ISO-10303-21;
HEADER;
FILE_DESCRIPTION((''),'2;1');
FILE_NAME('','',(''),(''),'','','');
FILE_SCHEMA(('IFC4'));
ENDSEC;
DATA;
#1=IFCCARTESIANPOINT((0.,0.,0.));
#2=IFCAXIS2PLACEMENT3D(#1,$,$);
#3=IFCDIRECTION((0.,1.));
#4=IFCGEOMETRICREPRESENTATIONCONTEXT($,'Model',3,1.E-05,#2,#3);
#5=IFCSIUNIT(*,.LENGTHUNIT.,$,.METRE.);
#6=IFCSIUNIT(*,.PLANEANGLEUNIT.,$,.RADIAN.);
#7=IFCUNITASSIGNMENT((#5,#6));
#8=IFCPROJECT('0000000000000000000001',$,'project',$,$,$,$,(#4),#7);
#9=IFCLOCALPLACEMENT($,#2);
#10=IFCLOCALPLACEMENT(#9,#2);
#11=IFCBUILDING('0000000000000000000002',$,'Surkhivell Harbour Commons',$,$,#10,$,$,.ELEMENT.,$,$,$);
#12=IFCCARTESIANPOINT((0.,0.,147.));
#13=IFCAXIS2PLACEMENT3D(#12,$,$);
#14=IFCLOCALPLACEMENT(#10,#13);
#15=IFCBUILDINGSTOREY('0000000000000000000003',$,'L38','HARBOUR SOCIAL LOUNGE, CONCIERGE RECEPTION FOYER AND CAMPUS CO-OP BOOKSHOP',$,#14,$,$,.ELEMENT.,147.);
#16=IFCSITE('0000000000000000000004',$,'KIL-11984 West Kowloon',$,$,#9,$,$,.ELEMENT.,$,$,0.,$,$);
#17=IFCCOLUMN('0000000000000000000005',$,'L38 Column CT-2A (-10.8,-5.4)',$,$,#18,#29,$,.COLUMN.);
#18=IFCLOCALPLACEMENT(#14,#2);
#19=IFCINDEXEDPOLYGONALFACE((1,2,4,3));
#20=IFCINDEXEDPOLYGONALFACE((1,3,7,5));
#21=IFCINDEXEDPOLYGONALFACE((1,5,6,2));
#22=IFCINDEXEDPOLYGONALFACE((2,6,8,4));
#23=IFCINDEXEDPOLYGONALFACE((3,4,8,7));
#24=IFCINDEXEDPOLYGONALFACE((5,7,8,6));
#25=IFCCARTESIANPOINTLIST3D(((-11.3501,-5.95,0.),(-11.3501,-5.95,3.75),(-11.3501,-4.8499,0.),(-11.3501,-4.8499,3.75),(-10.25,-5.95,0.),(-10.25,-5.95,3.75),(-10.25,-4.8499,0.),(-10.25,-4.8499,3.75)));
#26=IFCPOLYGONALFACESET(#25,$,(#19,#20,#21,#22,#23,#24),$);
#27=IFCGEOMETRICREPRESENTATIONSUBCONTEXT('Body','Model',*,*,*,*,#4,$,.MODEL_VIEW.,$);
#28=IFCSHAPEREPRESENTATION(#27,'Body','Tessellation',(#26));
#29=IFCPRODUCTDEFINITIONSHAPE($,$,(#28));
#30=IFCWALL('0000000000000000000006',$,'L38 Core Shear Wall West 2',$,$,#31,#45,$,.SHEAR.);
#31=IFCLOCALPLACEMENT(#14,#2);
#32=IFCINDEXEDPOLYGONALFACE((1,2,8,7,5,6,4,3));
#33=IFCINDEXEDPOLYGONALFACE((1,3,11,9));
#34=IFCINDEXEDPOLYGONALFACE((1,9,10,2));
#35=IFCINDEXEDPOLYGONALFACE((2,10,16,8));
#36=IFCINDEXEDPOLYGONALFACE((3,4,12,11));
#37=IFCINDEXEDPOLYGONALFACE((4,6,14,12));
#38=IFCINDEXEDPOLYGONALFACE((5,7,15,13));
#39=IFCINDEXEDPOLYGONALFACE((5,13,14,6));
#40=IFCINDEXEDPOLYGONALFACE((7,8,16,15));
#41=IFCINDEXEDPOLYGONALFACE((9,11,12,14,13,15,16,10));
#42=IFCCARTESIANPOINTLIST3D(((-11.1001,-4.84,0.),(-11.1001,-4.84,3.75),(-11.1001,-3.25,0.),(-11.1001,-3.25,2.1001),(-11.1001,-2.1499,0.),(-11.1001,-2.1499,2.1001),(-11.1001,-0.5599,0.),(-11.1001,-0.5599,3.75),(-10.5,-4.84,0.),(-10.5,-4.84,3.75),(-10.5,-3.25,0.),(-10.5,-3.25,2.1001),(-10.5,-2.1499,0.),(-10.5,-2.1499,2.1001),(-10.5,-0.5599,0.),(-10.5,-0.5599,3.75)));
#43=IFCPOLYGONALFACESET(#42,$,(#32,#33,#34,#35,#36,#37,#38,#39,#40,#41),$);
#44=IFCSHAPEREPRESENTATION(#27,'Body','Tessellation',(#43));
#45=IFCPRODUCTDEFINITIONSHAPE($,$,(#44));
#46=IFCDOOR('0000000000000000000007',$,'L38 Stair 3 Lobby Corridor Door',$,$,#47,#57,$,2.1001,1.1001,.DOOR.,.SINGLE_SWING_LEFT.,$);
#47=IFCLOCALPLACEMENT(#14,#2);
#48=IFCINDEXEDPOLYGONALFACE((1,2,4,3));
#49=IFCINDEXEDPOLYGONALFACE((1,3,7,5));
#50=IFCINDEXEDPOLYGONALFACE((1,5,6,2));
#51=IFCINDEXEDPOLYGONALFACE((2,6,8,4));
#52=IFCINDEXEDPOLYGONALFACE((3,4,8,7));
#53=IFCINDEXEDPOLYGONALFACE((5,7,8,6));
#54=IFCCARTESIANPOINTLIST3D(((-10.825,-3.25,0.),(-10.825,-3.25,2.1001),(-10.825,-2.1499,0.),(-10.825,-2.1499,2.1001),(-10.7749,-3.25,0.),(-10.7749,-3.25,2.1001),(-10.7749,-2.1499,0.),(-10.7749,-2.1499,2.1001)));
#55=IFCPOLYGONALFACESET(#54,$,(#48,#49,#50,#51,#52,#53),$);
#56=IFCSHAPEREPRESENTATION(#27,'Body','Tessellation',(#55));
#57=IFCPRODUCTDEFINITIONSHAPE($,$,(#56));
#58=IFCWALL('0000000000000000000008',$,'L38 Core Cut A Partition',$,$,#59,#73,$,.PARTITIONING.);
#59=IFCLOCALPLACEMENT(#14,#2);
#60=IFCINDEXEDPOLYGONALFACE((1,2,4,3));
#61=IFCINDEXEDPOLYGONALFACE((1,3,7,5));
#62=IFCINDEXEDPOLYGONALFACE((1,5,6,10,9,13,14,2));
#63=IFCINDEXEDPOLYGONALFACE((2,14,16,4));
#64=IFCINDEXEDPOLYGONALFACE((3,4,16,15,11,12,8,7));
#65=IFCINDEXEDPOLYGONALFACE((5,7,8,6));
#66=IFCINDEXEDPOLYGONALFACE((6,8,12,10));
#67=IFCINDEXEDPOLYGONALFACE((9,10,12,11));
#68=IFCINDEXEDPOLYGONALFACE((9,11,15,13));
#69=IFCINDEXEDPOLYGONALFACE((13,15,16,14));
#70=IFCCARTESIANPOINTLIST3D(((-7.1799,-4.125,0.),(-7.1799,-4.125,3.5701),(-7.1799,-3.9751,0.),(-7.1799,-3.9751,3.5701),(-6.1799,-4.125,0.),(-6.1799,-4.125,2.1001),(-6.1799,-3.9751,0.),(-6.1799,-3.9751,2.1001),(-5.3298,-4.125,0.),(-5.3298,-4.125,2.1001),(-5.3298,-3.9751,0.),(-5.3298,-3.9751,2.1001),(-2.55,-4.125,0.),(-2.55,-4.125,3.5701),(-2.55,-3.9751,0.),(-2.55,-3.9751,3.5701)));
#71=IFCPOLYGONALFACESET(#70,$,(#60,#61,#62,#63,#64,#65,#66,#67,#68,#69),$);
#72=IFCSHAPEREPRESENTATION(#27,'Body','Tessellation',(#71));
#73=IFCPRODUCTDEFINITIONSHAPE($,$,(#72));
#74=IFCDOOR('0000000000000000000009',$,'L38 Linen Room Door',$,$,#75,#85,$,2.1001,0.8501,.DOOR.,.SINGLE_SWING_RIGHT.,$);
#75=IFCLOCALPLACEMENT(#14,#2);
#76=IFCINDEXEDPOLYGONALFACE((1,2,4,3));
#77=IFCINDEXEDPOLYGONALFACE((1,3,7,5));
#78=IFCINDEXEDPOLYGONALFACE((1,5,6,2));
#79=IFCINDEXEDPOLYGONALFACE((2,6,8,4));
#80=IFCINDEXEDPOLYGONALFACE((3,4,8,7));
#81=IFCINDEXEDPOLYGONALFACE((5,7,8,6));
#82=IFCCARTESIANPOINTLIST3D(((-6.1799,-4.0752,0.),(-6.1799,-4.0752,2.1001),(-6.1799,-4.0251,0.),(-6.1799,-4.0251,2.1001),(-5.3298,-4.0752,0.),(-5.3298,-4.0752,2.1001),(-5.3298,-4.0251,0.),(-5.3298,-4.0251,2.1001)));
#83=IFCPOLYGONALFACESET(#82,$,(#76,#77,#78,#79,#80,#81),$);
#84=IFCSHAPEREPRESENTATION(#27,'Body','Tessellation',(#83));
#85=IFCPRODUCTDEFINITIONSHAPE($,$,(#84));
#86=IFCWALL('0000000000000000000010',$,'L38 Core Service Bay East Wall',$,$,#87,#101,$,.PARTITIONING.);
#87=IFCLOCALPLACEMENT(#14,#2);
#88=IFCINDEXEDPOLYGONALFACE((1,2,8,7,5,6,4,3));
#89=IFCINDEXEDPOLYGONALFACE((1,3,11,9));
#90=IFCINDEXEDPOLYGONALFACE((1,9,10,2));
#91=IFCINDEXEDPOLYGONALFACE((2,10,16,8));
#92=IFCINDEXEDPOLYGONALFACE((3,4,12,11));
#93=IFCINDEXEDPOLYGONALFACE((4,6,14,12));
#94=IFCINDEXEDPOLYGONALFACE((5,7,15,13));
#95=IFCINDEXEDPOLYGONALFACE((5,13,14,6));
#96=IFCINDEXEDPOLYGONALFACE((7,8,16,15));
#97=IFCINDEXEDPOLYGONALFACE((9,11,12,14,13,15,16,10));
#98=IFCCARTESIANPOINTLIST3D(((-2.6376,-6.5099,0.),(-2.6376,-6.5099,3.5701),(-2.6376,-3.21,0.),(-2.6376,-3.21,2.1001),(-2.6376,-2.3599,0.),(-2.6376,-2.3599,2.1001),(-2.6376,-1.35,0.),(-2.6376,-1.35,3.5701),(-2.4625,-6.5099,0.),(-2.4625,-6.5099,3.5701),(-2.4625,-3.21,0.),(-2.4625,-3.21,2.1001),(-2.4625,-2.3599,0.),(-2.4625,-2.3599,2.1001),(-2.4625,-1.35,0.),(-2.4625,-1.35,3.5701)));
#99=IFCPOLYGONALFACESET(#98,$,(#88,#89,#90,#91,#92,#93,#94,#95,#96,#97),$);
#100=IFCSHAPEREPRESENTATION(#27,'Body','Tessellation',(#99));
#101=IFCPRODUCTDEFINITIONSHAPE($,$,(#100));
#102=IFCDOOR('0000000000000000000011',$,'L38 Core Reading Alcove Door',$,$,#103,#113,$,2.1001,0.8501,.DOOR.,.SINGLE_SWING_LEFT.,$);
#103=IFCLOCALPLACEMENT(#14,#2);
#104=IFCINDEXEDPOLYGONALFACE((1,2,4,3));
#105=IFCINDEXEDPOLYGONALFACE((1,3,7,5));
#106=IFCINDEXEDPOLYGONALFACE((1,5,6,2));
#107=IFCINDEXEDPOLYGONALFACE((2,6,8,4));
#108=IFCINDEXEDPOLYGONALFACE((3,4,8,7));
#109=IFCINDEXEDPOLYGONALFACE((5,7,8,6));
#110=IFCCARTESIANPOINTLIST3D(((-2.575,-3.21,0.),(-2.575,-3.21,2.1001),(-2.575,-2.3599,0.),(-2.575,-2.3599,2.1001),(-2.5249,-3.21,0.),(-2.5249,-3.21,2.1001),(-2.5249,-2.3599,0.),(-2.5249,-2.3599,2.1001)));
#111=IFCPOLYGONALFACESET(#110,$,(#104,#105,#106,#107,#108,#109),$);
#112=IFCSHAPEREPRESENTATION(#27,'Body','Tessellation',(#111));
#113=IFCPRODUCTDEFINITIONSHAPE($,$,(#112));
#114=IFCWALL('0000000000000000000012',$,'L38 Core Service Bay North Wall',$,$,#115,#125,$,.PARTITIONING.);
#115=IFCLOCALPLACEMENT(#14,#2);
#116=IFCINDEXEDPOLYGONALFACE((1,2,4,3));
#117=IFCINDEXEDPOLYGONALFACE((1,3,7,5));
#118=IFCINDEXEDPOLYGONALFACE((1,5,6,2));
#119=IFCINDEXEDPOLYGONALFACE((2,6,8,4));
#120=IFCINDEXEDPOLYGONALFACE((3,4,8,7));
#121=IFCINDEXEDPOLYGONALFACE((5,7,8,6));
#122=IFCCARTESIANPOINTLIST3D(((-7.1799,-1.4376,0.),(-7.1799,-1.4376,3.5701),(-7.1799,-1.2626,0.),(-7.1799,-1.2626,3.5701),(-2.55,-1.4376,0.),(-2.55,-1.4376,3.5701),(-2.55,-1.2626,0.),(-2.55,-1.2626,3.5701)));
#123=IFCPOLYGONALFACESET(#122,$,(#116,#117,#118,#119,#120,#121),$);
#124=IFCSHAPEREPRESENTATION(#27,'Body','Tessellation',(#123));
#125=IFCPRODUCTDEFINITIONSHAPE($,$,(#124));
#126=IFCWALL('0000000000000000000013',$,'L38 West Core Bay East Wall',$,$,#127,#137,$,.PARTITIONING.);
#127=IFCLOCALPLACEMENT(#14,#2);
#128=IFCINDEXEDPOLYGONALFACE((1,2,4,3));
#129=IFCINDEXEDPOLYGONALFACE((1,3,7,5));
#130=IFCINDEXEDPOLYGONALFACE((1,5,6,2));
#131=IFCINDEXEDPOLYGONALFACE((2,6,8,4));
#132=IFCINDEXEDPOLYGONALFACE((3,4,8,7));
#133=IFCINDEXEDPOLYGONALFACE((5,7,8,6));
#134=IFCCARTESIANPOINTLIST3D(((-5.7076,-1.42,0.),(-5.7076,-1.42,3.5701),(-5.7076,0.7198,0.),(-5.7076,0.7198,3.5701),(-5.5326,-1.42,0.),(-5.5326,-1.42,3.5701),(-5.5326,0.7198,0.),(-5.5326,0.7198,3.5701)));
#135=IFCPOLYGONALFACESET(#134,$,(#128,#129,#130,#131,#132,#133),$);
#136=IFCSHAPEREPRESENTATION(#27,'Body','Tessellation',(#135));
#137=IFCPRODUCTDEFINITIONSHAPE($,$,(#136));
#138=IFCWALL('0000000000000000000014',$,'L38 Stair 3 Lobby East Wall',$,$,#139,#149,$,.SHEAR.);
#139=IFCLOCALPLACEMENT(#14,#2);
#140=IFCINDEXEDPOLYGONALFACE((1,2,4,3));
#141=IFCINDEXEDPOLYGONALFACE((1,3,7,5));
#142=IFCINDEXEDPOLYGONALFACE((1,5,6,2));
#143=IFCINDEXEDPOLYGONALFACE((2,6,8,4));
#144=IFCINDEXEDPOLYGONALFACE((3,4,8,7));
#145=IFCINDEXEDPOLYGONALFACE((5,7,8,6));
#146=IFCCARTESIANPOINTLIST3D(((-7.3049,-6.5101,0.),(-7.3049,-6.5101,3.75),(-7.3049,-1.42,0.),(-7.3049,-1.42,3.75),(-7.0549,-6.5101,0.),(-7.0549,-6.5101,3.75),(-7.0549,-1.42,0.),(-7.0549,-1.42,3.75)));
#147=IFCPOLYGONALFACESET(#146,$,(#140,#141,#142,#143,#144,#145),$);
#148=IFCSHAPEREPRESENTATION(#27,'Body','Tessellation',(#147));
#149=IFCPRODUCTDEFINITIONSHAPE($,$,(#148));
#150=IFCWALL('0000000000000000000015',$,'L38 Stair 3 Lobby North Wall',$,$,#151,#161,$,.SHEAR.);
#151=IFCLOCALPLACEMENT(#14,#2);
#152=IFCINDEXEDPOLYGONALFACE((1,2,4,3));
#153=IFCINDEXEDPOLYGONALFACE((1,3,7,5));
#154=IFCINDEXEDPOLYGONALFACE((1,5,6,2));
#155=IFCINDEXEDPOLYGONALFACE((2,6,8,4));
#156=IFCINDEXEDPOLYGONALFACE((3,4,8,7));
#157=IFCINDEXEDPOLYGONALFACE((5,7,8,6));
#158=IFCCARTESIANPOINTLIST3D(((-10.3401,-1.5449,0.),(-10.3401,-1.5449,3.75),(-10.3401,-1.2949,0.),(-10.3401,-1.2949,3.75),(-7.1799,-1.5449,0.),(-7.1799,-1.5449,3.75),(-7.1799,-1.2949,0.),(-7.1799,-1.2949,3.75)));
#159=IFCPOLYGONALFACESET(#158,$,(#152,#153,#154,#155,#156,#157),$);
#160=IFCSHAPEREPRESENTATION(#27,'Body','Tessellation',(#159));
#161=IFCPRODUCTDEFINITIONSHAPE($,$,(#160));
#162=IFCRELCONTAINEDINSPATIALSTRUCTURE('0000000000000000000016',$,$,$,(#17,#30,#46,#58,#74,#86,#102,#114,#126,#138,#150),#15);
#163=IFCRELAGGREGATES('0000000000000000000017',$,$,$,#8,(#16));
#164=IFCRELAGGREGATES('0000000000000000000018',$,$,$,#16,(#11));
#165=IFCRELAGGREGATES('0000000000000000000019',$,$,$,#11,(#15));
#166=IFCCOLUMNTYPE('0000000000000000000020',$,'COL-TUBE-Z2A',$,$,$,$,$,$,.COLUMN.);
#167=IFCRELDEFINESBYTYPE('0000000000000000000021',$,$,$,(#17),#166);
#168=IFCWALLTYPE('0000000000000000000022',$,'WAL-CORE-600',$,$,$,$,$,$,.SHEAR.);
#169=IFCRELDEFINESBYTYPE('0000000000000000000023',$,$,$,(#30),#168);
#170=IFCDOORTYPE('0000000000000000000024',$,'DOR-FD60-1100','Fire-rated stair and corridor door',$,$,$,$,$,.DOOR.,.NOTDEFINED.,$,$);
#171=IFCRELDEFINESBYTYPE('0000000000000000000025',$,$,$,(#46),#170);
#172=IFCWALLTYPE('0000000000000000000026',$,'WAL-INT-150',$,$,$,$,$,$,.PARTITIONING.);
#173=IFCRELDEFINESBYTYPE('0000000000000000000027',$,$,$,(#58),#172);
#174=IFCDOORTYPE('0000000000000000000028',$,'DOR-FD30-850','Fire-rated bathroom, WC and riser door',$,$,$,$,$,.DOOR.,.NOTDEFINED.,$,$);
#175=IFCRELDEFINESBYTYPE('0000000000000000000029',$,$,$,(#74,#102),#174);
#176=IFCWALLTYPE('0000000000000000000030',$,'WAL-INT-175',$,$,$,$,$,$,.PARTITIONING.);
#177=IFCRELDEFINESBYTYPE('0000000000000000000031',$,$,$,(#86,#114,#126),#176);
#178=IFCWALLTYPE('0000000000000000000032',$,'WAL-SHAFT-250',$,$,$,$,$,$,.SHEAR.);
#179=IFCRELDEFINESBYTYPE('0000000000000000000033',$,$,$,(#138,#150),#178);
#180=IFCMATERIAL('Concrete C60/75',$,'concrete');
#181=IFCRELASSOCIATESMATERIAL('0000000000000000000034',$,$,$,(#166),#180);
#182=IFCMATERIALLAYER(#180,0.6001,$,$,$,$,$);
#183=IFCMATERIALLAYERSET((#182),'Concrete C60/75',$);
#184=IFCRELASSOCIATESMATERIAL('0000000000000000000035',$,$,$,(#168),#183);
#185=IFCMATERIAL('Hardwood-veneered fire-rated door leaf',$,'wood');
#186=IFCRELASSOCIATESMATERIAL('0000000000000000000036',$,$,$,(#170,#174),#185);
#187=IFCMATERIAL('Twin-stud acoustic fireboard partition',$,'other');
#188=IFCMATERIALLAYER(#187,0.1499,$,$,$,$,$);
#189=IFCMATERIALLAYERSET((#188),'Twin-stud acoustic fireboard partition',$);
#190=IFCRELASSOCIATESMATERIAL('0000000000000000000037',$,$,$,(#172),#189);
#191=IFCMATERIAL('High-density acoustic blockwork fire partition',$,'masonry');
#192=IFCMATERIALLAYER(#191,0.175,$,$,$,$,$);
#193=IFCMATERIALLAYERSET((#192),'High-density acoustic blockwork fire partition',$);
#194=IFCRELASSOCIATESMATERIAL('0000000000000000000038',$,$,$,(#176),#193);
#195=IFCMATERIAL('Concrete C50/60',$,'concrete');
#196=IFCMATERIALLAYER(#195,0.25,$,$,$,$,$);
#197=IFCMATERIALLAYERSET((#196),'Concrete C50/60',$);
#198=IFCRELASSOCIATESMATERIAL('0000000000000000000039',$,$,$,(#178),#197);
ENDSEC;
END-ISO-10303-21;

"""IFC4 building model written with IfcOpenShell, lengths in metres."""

from ifc_helpers import new_model, si_unit, direction, frame, frame_2d, origin, origin_2d, place, context, subcontext, project, spatial, rectangle, extrude, material, layer, layer_set, material_profile, profile_set, type_object, element, fill, save


model = new_model("IFC4")

# Units and contexts
model_context = context("Model", 3, precision=1e-05, world=origin(), true_north=direction((0.0, 1.0)))
body_context = subcontext(model_context, "Body", "Model", "MODEL_VIEW")
ifc_project = project(units=[si_unit("LENGTHUNIT", "METRE"), si_unit("PLANEANGLEUNIT", "RADIAN")], contexts=[model_context])

# Site, building, storey
site_placement = place(None, origin())
site = spatial("IfcSite", under=ifc_project, at=site_placement, Name="KIL-11984 West Kowloon", CompositionType="ELEMENT", RefElevation=0.0)
building_placement = place(site_placement, origin())
building = spatial("IfcBuilding", under=site, at=building_placement, Name="Surkhivell Harbour Commons", CompositionType="ELEMENT")
storey_placement = place(building_placement, frame((0.0, 0.0, 147.0)))
storey = spatial("IfcBuildingStorey", under=building, at=storey_placement, Name="L38", Description="HARBOUR SOCIAL LOUNGE, CONCIERGE RECEPTION FOYER AND CAMPUS CO-OP BOOKSHOP", CompositionType="ELEMENT", Elevation=147.0)

# Column
ifc_material_1 = material(Name="Concrete C60/75", Category="concrete")
ifc_material_profile = material_profile(ifc_material_1, rectangle(XDim=1.1001, YDim=1.1001, at=origin_2d()), Name="RC-COL-1100x1100")
ifc_profile_set = profile_set([ifc_material_profile], Name="Concrete C60/75")
column_type = type_object("IfcColumnType", Name="COL-TUBE-Z2A", PredefinedType="COLUMN", material=ifc_profile_set)
column_placement = place(storey_placement, frame((-10.8, -5.3999, 0.0), z_axis=(0.0, 0.0, 1.0), x_axis=(1.0, 0.0, 0.0)))
element("IfcColumn", 1, at=column_placement, inside=storey, type_object=column_type, Name="L38 Column CT-2A (-10.8,-5.4)", PredefinedType="COLUMN", context=body_context, shape_type="SweptSolid", body=[
    extrude(rectangle(XDim=1.1001, YDim=1.1001, at=origin_2d()), origin(), (0.0, 0.0, 1.0), 3.75),
])

# Walls, openings, doors
ifc_layer_1 = layer(ifc_material_1, 0.6001)
ifc_layer_set_1 = layer_set([ifc_layer_1], Name="Concrete C60/75")
wall_type_1 = type_object("IfcWallType", Name="WAL-CORE-600", PredefinedType="SHEAR", material=ifc_layer_set_1)
wall_1_placement = place(storey_placement, frame((-10.8, -4.8401, 0.0), z_axis=(0.0, 0.0, 1.0), x_axis=(0.0, 1.0, 0.0)))
wall_1 = element("IfcWall", 2, at=wall_1_placement, inside=storey, type_object=wall_type_1, Name="L38 Core Shear Wall West 2", PredefinedType="SHEAR", context=body_context, shape_type="SweptSolid", body=[
    extrude(rectangle(XDim=4.28, YDim=0.6001, at=frame_2d((2.1401, 0.0))), origin(), (0.0, 0.0, 1.0), 3.75),
])
opening_1_placement = place(wall_1_placement, frame((1.5901, 0.0, 0.0)))
opening_1 = element("IfcOpeningElement", 3, at=opening_1_placement, cuts=wall_1, PredefinedType="OPENING", context=body_context, shape_type="SweptSolid", body=[
    extrude(rectangle(XDim=1.1001, YDim=2.1001, at=frame_2d((0.55, 1.05))), frame((0.0, 0.3101, 0.0), z_axis=(0.0, -1.0, 0.0), x_axis=(1.0, 0.0, 0.0)), (0.0, 0.0, 1.0), 0.6201),
])
ifc_material_2 = material(Name="Hardwood-veneered fire-rated door leaf", Category="wood")
door_type_1 = type_object("IfcDoorType", Name="DOR-FD60-1100", Description="Fire-rated stair and corridor door", OperationType="NOTDEFINED", PredefinedType="DOOR", material=ifc_material_2)
door_1_placement = place(opening_1_placement, origin())
door_1 = element("IfcDoor", 4, at=door_1_placement, inside=storey, type_object=door_type_1, Name="L38 Stair 3 Lobby Corridor Door", OperationType="SINGLE_SWING_LEFT", OverallHeight=2.1001, OverallWidth=1.1001, PredefinedType="DOOR", context=body_context, shape_type="SweptSolid", body=[
    extrude(rectangle(XDim=1.1001, YDim=2.1001, at=frame_2d((0.55, 1.05))), frame((0.0, 0.0249, 0.0), z_axis=(0.0, -1.0, 0.0), x_axis=(1.0, 0.0, 0.0)), (0.0, 0.0, 1.0), 0.05),
])
fill(opening_1, door_1)
ifc_material_3 = material(Name="Twin-stud acoustic fireboard partition", Category="other")
ifc_layer_2 = layer(ifc_material_3, 0.1499)
ifc_layer_set_2 = layer_set([ifc_layer_2], Name="Twin-stud acoustic fireboard partition")
wall_type_2 = type_object("IfcWallType", Name="WAL-INT-150", PredefinedType="PARTITIONING", material=ifc_layer_set_2)
wall_2_placement = place(storey_placement, frame((-7.1799, -4.05, 0.0), z_axis=(0.0, 0.0, 1.0), x_axis=(1.0, 0.0, 0.0)))
wall_2 = element("IfcWall", 5, at=wall_2_placement, inside=storey, type_object=wall_type_2, Name="L38 Core Cut A Partition", PredefinedType="PARTITIONING", context=body_context, shape_type="SweptSolid", body=[
    extrude(rectangle(XDim=4.6299, YDim=0.1499, at=frame_2d((2.3149, 0.0))), origin(), (0.0, 0.0, 1.0), 3.5701),
])
opening_2_placement = place(wall_2_placement, frame((1.0, 0.0, 0.0)))
opening_2 = element("IfcOpeningElement", 6, at=opening_2_placement, cuts=wall_2, PredefinedType="OPENING", context=body_context, shape_type="SweptSolid", body=[
    extrude(rectangle(XDim=0.8501, YDim=2.1001, at=frame_2d((0.425, 1.05))), frame((0.0, 0.085, 0.0), z_axis=(0.0, -1.0, 0.0), x_axis=(1.0, 0.0, 0.0)), (0.0, 0.0, 1.0), 0.1699),
])
door_type_2 = type_object("IfcDoorType", Name="DOR-FD30-850", Description="Fire-rated bathroom, WC and riser door", OperationType="NOTDEFINED", PredefinedType="DOOR", material=ifc_material_2)
door_2_placement = place(opening_2_placement, origin())
door_2 = element("IfcDoor", 7, at=door_2_placement, inside=storey, type_object=door_type_2, Name="L38 Linen Room Door", OperationType="SINGLE_SWING_RIGHT", OverallHeight=2.1001, OverallWidth=0.8501, PredefinedType="DOOR", context=body_context, shape_type="SweptSolid", body=[
    extrude(rectangle(XDim=0.8501, YDim=2.1001, at=frame_2d((0.425, 1.05))), frame((0.0, 0.0249, 0.0), z_axis=(0.0, -1.0, 0.0), x_axis=(1.0, 0.0, 0.0)), (0.0, 0.0, 1.0), 0.05),
])
fill(opening_2, door_2)
ifc_material_4 = material(Name="High-density acoustic blockwork fire partition", Category="masonry")
ifc_layer_3 = layer(ifc_material_4, 0.175)
ifc_layer_set_3 = layer_set([ifc_layer_3], Name="High-density acoustic blockwork fire partition")
wall_type_3 = type_object("IfcWallType", Name="WAL-INT-175", PredefinedType="PARTITIONING", material=ifc_layer_set_3)
wall_3_placement = place(storey_placement, frame((-2.55, -6.51, 0.0), z_axis=(0.0, 0.0, 1.0), x_axis=(0.0, 1.0, 0.0)))
wall_3 = element("IfcWall", 8, at=wall_3_placement, inside=storey, type_object=wall_type_3, Name="L38 Core Service Bay East Wall", PredefinedType="PARTITIONING", context=body_context, shape_type="SweptSolid", body=[
    extrude(rectangle(XDim=5.1599, YDim=0.175, at=frame_2d((2.5801, 0.0))), origin(), (0.0, 0.0, 1.0), 3.5701),
])
opening_3_placement = place(wall_3_placement, frame((3.3, 0.0, 0.0)))
opening_3 = element("IfcOpeningElement", 9, at=opening_3_placement, cuts=wall_3, PredefinedType="OPENING", context=body_context, shape_type="SweptSolid", body=[
    extrude(rectangle(XDim=0.8501, YDim=2.1001, at=frame_2d((0.425, 1.05))), frame((0.0, 0.0974, 0.0), z_axis=(0.0, -1.0, 0.0), x_axis=(1.0, 0.0, 0.0)), (0.0, 0.0, 1.0), 0.1951),
])
door_3_placement = place(opening_3_placement, origin())
door_3 = element("IfcDoor", 10, at=door_3_placement, inside=storey, type_object=door_type_2, Name="L38 Core Reading Alcove Door", OperationType="SINGLE_SWING_LEFT", OverallHeight=2.1001, OverallWidth=0.8501, PredefinedType="DOOR", context=body_context, shape_type="SweptSolid", body=[
    extrude(rectangle(XDim=0.8501, YDim=2.1001, at=frame_2d((0.425, 1.05))), frame((0.0, 0.0249, 0.0), z_axis=(0.0, -1.0, 0.0), x_axis=(1.0, 0.0, 0.0)), (0.0, 0.0, 1.0), 0.05),
])
fill(opening_3, door_3)

# Walls
wall_4_placement = place(storey_placement, frame((-7.1799, -1.3501, 0.0), z_axis=(0.0, 0.0, 1.0), x_axis=(1.0, 0.0, 0.0)))
element("IfcWall", 11, at=wall_4_placement, inside=storey, type_object=wall_type_3, Name="L38 Core Service Bay North Wall", PredefinedType="PARTITIONING", context=body_context, shape_type="SweptSolid", body=[
    extrude(rectangle(XDim=4.6299, YDim=0.175, at=frame_2d((2.3149, 0.0))), origin(), (0.0, 0.0, 1.0), 3.5701),
])
wall_5_placement = place(storey_placement, frame((-5.6201, -1.4199, 0.0), z_axis=(0.0, 0.0, 1.0), x_axis=(0.0, 1.0, 0.0)))
element("IfcWall", 12, at=wall_5_placement, inside=storey, type_object=wall_type_3, Name="L38 West Core Bay East Wall", PredefinedType="PARTITIONING", context=body_context, shape_type="SweptSolid", body=[
    extrude(rectangle(XDim=2.1399, YDim=0.175, at=frame_2d((1.0698, 0.0))), origin(), (0.0, 0.0, 1.0), 3.5701),
])
ifc_material_5 = material(Name="Concrete C50/60", Category="concrete")
ifc_layer_4 = layer(ifc_material_5, 0.25)
ifc_layer_set_4 = layer_set([ifc_layer_4], Name="Concrete C50/60")
wall_type_4 = type_object("IfcWallType", Name="WAL-SHAFT-250", PredefinedType="SHEAR", material=ifc_layer_set_4)
wall_6_placement = place(storey_placement, frame((-7.1799, -6.51, 0.0), z_axis=(0.0, 0.0, 1.0), x_axis=(0.0, 1.0, 0.0)))
element("IfcWall", 13, at=wall_6_placement, inside=storey, type_object=wall_type_4, Name="L38 Stair 3 Lobby East Wall", PredefinedType="SHEAR", context=body_context, shape_type="SweptSolid", body=[
    extrude(rectangle(XDim=5.0901, YDim=0.25, at=frame_2d((2.5449, 0.0))), origin(), (0.0, 0.0, 1.0), 3.75),
])
wall_7_placement = place(storey_placement, frame((-10.3401, -1.4199, 0.0), z_axis=(0.0, 0.0, 1.0), x_axis=(1.0, 0.0, 0.0)))
element("IfcWall", 14, at=wall_7_placement, inside=storey, type_object=wall_type_4, Name="L38 Stair 3 Lobby North Wall", PredefinedType="SHEAR", context=body_context, shape_type="SweptSolid", body=[
    extrude(rectangle(XDim=3.1602, YDim=0.25, at=frame_2d((1.5801, 0.0))), origin(), (0.0, 0.0, 1.0), 3.75),
])

save(model, "model.ifc")
